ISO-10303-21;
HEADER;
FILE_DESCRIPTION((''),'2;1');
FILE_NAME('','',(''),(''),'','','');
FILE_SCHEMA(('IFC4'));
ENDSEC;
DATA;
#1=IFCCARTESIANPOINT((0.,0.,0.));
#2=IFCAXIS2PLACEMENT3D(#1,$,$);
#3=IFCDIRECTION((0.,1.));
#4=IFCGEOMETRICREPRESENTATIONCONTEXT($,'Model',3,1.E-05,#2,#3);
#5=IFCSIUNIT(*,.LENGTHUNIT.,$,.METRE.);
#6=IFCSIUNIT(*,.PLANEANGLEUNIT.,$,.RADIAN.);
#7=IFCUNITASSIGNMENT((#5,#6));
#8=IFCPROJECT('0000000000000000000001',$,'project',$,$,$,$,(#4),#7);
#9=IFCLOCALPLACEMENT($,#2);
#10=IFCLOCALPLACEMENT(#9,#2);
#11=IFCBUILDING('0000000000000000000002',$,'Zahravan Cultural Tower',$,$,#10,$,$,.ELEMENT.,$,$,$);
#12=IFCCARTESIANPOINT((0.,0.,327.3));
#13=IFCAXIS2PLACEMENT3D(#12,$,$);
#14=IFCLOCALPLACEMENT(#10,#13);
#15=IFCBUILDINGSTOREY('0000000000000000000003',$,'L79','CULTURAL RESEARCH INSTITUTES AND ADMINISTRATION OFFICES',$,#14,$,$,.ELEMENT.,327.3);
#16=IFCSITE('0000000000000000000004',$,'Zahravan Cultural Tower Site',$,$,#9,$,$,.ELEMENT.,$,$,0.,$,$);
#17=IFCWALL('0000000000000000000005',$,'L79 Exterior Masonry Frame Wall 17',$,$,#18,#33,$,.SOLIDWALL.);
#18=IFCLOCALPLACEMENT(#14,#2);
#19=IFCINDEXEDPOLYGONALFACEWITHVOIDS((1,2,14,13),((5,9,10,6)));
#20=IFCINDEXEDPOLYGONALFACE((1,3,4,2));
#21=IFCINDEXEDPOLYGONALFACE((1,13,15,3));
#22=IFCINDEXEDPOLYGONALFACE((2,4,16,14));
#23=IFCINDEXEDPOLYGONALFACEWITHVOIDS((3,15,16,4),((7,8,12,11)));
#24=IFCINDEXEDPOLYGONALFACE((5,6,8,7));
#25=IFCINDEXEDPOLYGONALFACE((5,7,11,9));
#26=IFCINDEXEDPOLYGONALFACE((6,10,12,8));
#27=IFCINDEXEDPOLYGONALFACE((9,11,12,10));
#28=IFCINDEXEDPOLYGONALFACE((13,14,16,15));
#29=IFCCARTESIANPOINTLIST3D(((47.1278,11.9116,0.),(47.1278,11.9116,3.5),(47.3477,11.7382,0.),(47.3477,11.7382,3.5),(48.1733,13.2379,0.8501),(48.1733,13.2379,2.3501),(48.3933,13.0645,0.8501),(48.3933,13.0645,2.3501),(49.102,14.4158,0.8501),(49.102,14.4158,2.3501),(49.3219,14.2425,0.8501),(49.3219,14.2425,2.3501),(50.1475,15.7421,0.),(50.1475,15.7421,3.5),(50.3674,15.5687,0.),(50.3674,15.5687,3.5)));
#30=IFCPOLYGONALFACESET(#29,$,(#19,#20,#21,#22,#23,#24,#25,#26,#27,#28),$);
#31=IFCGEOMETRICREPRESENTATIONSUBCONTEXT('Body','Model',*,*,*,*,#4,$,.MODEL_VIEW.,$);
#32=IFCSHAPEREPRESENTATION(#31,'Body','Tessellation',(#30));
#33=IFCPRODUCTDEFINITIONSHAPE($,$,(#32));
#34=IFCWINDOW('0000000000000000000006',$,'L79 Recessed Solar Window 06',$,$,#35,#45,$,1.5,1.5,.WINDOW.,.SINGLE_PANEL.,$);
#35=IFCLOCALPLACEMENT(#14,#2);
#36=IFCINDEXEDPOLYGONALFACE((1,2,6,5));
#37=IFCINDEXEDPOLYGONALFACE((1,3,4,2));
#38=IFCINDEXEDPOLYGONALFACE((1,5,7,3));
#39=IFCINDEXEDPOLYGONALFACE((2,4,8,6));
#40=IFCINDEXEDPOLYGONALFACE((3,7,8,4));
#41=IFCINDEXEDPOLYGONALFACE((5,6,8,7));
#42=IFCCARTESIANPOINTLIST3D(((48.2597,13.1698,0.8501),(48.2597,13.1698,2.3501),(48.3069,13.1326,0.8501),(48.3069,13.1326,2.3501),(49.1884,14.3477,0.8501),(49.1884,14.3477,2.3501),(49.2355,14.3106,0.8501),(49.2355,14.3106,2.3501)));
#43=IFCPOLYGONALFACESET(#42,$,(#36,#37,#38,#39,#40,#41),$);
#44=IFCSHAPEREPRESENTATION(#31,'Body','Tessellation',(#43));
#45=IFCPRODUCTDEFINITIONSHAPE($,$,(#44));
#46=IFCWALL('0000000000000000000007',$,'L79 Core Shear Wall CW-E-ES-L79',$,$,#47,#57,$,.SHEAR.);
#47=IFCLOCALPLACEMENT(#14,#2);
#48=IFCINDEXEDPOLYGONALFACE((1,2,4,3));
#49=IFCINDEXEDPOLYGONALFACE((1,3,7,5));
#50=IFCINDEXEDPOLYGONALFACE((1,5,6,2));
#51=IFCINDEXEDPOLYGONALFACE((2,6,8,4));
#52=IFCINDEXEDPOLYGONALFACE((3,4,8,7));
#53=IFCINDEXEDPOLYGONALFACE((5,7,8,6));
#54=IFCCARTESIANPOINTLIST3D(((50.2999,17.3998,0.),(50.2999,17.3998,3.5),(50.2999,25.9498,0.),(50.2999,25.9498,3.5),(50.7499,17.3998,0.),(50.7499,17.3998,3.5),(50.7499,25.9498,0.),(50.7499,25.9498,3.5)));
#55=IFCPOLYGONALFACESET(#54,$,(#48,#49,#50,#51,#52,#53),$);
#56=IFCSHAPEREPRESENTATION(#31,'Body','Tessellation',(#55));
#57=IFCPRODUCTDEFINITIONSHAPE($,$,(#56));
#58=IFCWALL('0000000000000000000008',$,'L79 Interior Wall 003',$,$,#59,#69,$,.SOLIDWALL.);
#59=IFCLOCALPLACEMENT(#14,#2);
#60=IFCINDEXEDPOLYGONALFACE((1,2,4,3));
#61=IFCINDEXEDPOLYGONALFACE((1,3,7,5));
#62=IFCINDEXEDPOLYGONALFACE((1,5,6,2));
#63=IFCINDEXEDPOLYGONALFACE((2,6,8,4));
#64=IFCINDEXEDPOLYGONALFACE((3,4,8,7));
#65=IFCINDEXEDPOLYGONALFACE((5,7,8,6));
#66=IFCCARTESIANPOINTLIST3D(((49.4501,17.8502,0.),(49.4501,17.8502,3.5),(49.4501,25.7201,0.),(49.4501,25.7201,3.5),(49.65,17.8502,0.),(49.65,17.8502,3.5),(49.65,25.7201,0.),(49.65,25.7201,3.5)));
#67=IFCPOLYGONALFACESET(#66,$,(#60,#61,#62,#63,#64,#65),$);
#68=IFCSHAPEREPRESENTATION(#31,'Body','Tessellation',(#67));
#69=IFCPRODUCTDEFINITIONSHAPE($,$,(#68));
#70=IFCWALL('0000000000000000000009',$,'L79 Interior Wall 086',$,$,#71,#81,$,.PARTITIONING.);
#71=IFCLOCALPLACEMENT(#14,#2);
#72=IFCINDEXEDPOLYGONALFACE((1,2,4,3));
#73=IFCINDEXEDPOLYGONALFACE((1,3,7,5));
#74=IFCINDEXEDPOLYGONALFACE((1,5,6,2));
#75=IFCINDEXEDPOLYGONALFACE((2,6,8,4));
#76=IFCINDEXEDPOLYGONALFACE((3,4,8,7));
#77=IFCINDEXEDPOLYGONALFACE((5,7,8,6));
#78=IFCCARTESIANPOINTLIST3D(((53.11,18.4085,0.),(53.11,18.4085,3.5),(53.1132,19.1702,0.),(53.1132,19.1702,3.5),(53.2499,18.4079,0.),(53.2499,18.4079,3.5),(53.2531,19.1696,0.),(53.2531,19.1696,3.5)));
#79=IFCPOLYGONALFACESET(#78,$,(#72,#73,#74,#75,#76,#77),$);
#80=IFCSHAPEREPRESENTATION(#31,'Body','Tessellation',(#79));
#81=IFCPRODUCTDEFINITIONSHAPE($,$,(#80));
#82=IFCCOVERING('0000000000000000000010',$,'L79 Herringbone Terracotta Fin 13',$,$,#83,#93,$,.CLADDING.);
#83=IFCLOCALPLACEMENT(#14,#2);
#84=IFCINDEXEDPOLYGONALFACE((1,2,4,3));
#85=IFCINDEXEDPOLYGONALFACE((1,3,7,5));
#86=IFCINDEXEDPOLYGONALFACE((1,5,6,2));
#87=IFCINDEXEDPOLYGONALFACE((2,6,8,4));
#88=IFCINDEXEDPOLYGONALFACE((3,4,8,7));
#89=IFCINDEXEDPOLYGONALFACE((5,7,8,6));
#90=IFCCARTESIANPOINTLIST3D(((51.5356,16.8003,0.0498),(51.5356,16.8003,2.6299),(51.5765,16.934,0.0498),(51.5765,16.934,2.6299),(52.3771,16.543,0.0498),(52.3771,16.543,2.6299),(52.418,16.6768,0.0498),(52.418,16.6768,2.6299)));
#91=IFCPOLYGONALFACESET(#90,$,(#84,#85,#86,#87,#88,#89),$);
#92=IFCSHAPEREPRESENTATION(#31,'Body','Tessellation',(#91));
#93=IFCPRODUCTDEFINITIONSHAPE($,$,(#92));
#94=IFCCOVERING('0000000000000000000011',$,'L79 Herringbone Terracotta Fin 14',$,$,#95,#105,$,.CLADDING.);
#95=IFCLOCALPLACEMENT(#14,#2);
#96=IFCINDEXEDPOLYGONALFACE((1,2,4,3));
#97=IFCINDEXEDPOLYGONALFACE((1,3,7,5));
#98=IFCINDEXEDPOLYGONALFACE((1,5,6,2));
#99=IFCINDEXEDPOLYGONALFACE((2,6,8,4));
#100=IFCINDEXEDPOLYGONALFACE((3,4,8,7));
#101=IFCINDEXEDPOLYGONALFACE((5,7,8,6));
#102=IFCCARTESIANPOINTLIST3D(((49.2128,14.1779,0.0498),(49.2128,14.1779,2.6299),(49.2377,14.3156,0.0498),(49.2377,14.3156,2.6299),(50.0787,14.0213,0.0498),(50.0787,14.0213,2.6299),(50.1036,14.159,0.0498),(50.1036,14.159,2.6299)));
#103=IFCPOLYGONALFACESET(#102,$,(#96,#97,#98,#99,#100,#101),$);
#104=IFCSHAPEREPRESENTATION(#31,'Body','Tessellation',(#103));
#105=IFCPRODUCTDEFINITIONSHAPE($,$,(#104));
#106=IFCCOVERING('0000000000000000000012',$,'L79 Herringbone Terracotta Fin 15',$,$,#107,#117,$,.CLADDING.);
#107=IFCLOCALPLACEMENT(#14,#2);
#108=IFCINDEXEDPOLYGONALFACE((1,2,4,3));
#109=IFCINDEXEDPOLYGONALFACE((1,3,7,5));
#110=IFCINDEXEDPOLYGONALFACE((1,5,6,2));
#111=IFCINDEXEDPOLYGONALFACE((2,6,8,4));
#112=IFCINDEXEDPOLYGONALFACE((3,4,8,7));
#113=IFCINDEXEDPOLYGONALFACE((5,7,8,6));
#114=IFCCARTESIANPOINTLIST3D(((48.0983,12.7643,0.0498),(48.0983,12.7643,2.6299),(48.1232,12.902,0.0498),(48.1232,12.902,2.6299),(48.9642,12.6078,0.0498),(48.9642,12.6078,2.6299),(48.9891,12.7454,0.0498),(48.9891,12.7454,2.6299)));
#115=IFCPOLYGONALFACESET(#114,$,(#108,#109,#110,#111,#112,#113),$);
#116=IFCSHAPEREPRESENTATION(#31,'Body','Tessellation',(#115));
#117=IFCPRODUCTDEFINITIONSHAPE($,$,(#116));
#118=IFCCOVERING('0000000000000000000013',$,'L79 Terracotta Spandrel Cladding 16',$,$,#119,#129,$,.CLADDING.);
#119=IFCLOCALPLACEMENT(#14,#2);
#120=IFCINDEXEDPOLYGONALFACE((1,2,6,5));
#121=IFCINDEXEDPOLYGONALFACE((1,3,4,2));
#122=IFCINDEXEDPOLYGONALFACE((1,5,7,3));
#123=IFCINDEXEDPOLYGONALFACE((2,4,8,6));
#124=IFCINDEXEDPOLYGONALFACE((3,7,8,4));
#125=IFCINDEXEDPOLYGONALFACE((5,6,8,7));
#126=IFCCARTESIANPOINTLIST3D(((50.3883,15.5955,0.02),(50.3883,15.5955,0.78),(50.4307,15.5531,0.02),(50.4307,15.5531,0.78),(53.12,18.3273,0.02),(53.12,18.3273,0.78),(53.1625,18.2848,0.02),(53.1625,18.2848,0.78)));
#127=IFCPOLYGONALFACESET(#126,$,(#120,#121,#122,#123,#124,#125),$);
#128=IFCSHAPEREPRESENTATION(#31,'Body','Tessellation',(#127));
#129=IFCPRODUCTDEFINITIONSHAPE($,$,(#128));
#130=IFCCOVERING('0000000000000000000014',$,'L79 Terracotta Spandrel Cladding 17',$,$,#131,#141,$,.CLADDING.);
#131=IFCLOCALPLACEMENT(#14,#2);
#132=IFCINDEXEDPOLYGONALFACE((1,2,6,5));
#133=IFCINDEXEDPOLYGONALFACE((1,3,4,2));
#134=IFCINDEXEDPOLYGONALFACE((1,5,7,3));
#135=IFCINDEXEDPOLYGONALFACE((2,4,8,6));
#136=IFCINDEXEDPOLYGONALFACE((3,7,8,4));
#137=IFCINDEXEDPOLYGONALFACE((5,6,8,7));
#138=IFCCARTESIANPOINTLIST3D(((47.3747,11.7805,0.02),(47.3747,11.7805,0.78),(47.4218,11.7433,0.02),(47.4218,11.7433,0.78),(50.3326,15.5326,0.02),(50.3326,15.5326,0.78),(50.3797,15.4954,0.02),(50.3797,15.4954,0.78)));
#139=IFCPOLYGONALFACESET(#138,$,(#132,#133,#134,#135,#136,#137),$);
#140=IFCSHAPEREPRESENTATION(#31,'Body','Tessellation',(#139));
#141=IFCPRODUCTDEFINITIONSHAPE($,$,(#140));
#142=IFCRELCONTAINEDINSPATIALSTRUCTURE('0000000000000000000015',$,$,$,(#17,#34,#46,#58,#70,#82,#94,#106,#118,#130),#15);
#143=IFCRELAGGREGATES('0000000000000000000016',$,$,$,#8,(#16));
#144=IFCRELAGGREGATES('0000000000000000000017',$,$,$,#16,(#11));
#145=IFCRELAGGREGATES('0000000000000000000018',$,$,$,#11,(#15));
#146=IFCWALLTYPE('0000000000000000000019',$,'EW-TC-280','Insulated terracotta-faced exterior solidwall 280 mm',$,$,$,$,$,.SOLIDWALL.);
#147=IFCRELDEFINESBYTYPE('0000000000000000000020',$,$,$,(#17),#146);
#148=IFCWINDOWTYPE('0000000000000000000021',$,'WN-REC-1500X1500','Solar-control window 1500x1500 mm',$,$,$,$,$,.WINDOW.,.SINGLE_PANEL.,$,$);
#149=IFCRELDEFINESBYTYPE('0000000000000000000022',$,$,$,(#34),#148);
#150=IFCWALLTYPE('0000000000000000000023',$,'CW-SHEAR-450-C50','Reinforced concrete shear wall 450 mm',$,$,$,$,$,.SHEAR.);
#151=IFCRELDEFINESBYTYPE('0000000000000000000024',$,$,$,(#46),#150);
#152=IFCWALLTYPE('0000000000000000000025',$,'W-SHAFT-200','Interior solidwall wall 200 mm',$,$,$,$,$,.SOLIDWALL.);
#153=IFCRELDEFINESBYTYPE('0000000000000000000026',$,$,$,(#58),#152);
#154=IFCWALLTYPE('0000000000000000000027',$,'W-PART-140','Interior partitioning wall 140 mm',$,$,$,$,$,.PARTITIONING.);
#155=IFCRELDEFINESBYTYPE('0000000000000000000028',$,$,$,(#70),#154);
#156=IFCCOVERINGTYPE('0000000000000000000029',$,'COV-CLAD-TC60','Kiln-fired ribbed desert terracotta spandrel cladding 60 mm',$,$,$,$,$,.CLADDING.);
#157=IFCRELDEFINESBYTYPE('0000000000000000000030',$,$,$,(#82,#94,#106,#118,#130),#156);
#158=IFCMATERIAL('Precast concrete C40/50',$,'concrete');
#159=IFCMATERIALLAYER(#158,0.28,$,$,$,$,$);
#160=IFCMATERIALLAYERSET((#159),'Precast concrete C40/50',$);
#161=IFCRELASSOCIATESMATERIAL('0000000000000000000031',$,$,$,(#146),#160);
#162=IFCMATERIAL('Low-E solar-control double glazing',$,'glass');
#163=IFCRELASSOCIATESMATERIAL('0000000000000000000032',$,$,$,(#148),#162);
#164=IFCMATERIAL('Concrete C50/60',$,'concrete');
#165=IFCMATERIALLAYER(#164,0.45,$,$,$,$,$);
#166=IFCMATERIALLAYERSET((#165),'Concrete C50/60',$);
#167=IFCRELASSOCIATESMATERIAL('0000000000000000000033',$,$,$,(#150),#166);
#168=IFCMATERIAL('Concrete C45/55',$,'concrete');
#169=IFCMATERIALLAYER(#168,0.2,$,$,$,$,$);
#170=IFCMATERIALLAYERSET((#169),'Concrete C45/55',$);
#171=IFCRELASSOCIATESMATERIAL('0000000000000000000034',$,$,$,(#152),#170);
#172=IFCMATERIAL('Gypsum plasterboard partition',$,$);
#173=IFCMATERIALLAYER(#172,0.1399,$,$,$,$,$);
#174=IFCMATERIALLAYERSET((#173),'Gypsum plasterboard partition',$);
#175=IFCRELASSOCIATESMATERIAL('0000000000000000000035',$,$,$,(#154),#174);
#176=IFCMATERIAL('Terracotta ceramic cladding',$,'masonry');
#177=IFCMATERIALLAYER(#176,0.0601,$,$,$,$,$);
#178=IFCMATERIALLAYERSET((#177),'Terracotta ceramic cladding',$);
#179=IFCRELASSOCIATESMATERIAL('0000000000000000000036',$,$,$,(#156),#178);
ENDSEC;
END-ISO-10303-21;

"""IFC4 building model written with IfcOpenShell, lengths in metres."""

from ifc_helpers import new_model, si_unit, direction, frame, frame_2d, origin, origin_2d, place, context, subcontext, project, spatial, rectangle, extrude, source, transform, mapped, material, layer, layer_set, type_object, element, fill, save


model = new_model("IFC4")

# Units and contexts
model_context = context("Model", 3, precision=1e-05, world=origin(), true_north=direction((0.0, 1.0)))
body_context = subcontext(model_context, "Body", "Model", "MODEL_VIEW")
ifc_project = project(units=[si_unit("LENGTHUNIT", "METRE"), si_unit("PLANEANGLEUNIT", "RADIAN")], contexts=[model_context])

# Site, building, storey
site_placement = place(None, origin())
site = spatial("IfcSite", under=ifc_project, at=site_placement, Name="Zahravan Cultural Tower Site", CompositionType="ELEMENT", RefElevation=0.0)
building_placement = place(site_placement, origin())
building = spatial("IfcBuilding", under=site, at=building_placement, Name="Zahravan Cultural Tower", CompositionType="ELEMENT")
storey_placement = place(building_placement, frame((0.0, 0.0, 327.3)))
storey = spatial("IfcBuildingStorey", under=building, at=storey_placement, Name="L79", Description="CULTURAL RESEARCH INSTITUTES AND ADMINISTRATION OFFICES", CompositionType="ELEMENT", Elevation=327.3)

# Shared definitions
ifc_material_1 = material(Name="Concrete C50/60", Category="concrete")

# Shared definitions
ifc_material_2 = material(Name="Low-E solar-control double glazing", Category="glass")

# Wall, opening, window
ifc_material_3 = material(Name="Precast concrete C40/50", Category="concrete")
ifc_layer_1 = layer(ifc_material_3, 0.28)
ifc_layer_set_1 = layer_set([ifc_layer_1], Name="Precast concrete C40/50")
wall_type_1 = type_object("IfcWallType", Name="EW-TC-280", Description="Insulated terracotta-faced exterior solidwall 280 mm", PredefinedType="SOLIDWALL", material=ifc_layer_set_1)
window_type = type_object("IfcWindowType", Name="WN-REC-1500X1500", Description="Solar-control window 1500x1500 mm", PartitioningType="SINGLE_PANEL", PredefinedType="WINDOW", material=ifc_material_2)
shared_shape_1 = source(origin(), body_context, "Body", "SweptSolid", [
    extrude(rectangle(XDim=1.5, YDim=1.5, at=frame_2d((0.75, 0.75))), frame((0.0, 0.03, 0.0), z_axis=(0.0, -1.0, 0.0), x_axis=(1.0, 0.0, 0.0)), (0.0, 0.0, 1.0), 0.0601),
])
wall_1_placement = place(storey_placement, frame((50.2576, 15.6555, 0.0), z_axis=(0.0, 0.0, 1.0), x_axis=(-0.619094, -0.785317, 0.0)))
wall_1 = element("IfcWall", 1, at=wall_1_placement, inside=storey, type_object=wall_type_1, Name="L79 Exterior Masonry Frame Wall 17", PredefinedType="SOLIDWALL", context=body_context, shape_type="SweptSolid", body=[
    extrude(rectangle(XDim=4.8777, YDim=0.28, at=frame_2d((2.439, 0.0))), origin(), (0.0, 0.0, 1.0), 3.5),
])
opening_1_placement = place(wall_1_placement, frame((1.689, 0.0, 0.8501)))
opening_1 = element("IfcOpeningElement", 2, at=opening_1_placement, cuts=wall_1, PredefinedType="OPENING", context=body_context, shape_type="SweptSolid", body=[
    extrude(rectangle(XDim=1.5, YDim=1.5, at=frame_2d((0.75, 0.75))), frame((0.0, 0.1499, 0.0), z_axis=(0.0, -1.0, 0.0), x_axis=(1.0, 0.0, 0.0)), (0.0, 0.0, 1.0), 0.3),
])
window_1_placement = place(opening_1_placement, origin())
window_1 = element("IfcWindow", 3, at=window_1_placement, inside=storey, type_object=window_type, Name="L79 Recessed Solar Window 06", OverallHeight=1.5, OverallWidth=1.5, PartitioningType="SINGLE_PANEL", PredefinedType="WINDOW", context=body_context, shape_type="MappedRepresentation", body=[
    mapped(shared_shape_1, transform((0.0, 0.0, 0.0), x_axis=(1.0, 0.0, 0.0), y_axis=(0.0, 1.0, 0.0), z_axis=(0.0, 0.0, 1.0), scale=1.0)),
])
fill(opening_1, window_1)

# Walls
ifc_layer_2 = layer(ifc_material_1, 0.45)
ifc_layer_set_2 = layer_set([ifc_layer_2], Name="Concrete C50/60")
wall_type_2 = type_object("IfcWallType", Name="CW-SHEAR-450-C50", Description="Reinforced concrete shear wall 450 mm", PredefinedType="SHEAR", material=ifc_layer_set_2)
shared_shape_2 = source(origin(), body_context, "Body", "SweptSolid", [
    extrude(rectangle(XDim=8.55, YDim=0.45, at=frame_2d((4.2749, 0.0))), origin(), (0.0, 0.0, 1.0), 3.5),
])
wall_2_placement = place(storey_placement, frame((50.5249, 17.3999, 0.0), z_axis=(0.0, 0.0, 1.0), x_axis=(0.0, 1.0, 0.0)))
element("IfcWall", 4, at=wall_2_placement, inside=storey, type_object=wall_type_2, Name="L79 Core Shear Wall CW-E-ES-L79", PredefinedType="SHEAR", context=body_context, shape_type="MappedRepresentation", body=[
    mapped(shared_shape_2, transform((0.0, 0.0, 0.0), x_axis=(1.0, 0.0, 0.0), y_axis=(0.0, 1.0, 0.0), z_axis=(0.0, 0.0, 1.0), scale=1.0)),
])
ifc_material_4 = material(Name="Concrete C45/55", Category="concrete")
ifc_layer_3 = layer(ifc_material_4, 0.2)
ifc_layer_set_3 = layer_set([ifc_layer_3], Name="Concrete C45/55")
wall_type_3 = type_object("IfcWallType", Name="W-SHAFT-200", Description="Interior solidwall wall 200 mm", PredefinedType="SOLIDWALL", material=ifc_layer_set_3)
shared_shape_3 = source(origin(), body_context, "Body", "SweptSolid", [
    extrude(rectangle(XDim=7.8699, YDim=0.2, at=frame_2d((3.9351, 0.0))), origin(), (0.0, 0.0, 1.0), 3.5),
])
wall_3_placement = place(storey_placement, frame((49.55, 17.8501, 0.0), z_axis=(0.0, 0.0, 1.0), x_axis=(0.0, 1.0, 0.0)))
element("IfcWall", 5, at=wall_3_placement, inside=storey, type_object=wall_type_3, Name="L79 Interior Wall 003", PredefinedType="SOLIDWALL", context=body_context, shape_type="MappedRepresentation", body=[
    mapped(shared_shape_3, transform((0.0, 0.0, 0.0), x_axis=(1.0, 0.0, 0.0), y_axis=(0.0, 1.0, 0.0), z_axis=(0.0, 0.0, 1.0), scale=1.0)),
])
ifc_material_5 = material(Name="Gypsum plasterboard partition")
ifc_layer_4 = layer(ifc_material_5, 0.1399)
ifc_layer_set_4 = layer_set([ifc_layer_4], Name="Gypsum plasterboard partition")
wall_type_4 = type_object("IfcWallType", Name="W-PART-140", Description="Interior partitioning wall 140 mm", PredefinedType="PARTITIONING", material=ifc_layer_set_4)
shared_shape_4 = source(origin(), body_context, "Body", "SweptSolid", [
    extrude(rectangle(XDim=0.7617, YDim=0.1399, at=frame_2d((0.3809, 0.0))), origin(), (0.0, 0.0, 1.0), 3.5),
])
wall_4_placement = place(storey_placement, frame((53.1831, 19.1699, 0.0), z_axis=(0.0, 0.0, 1.0), x_axis=(-0.004167, -0.999991, 0.0)))
element("IfcWall", 6, at=wall_4_placement, inside=storey, type_object=wall_type_4, Name="L79 Interior Wall 086", PredefinedType="PARTITIONING", context=body_context, shape_type="MappedRepresentation", body=[
    mapped(shared_shape_4, transform((0.0, 0.0, 0.0), x_axis=(1.0, 0.0, 0.0), y_axis=(0.0, 1.0, 0.0), z_axis=(0.0, 0.0, 1.0), scale=1.0)),
])

# Coverings
ifc_material_6 = material(Name="Terracotta ceramic cladding", Category="masonry")
ifc_layer_5 = layer(ifc_material_6, 0.0601)
ifc_layer_set_5 = layer_set([ifc_layer_5], Name="Terracotta ceramic cladding")
covering_type = type_object("IfcCoveringType", Name="COV-CLAD-TC60", Description="Kiln-fired ribbed desert terracotta spandrel cladding 60 mm", PredefinedType="CLADDING", material=ifc_layer_set_5)
shared_shape_5 = source(origin(), body_context, "Body", "SweptSolid", [
    extrude(rectangle(XDim=0.8799, YDim=0.1399, at=origin_2d()), origin(), (0.0, 0.0, 1.0), 2.5801),
])
for number, where, z_axis, x_axis, name in (
    (7, (51.9768, 16.7385, 0.0498), (0.0, 0.0, 1.0), (0.956305, -0.292372, 0.0), "L79 Herringbone Terracotta Fin 13"),
    (8, (49.6582, 14.1685, 0.0498), (0.0, 0.0, 1.0), (0.984041, -0.177944, 0.0), "L79 Herringbone Terracotta Fin 14"),
    (9, (48.5437, 12.7549, 0.0498), (0.0, 0.0, 1.0), (0.984041, -0.177944, 0.0), "L79 Herringbone Terracotta Fin 15"),
):
    element("IfcCovering", number, at=place(storey_placement, frame(where, z_axis=z_axis, x_axis=x_axis)), inside=storey, type_object=covering_type, Name=name, PredefinedType="CLADDING", context=body_context, shape_type="MappedRepresentation", body=[
        mapped(shared_shape_5, transform((0.0, 0.0, 0.0), x_axis=(1.0, 0.0, 0.0), y_axis=(0.0, 1.0, 0.0), z_axis=(0.0, 0.0, 1.0), scale=1.0)),
    ])
shared_shape_6 = source(origin(), body_context, "Body", "SweptSolid", [
    extrude(rectangle(XDim=3.8633, YDim=0.0601, at=origin_2d()), origin(), (0.0, 0.0, 1.0), 0.76),
])
covering_1_placement = place(storey_placement, frame((51.7754, 16.9402, 0.02), z_axis=(0.0, 0.0, 1.0), x_axis=(-0.707107, -0.707107, 0.0)))
element("IfcCovering", 10, at=covering_1_placement, inside=storey, type_object=covering_type, Name="L79 Terracotta Spandrel Cladding 16", PredefinedType="CLADDING", context=body_context, shape_type="MappedRepresentation", body=[
    mapped(shared_shape_6, transform((0.0, 0.0, 0.0), x_axis=(1.0, 0.0, 0.0), y_axis=(0.0, 1.0, 0.0), z_axis=(0.0, 0.0, 1.0), scale=1.0)),
])
shared_shape_7 = source(origin(), body_context, "Body", "SweptSolid", [
    extrude(rectangle(XDim=4.7778, YDim=0.0601, at=origin_2d()), origin(), (0.0, 0.0, 1.0), 0.76),
])
covering_2_placement = place(storey_placement, frame((48.8772, 13.6379, 0.02), z_axis=(0.0, 0.0, 1.0), x_axis=(-0.619094, -0.785317, 0.0)))
element("IfcCovering", 11, at=covering_2_placement, inside=storey, type_object=covering_type, Name="L79 Terracotta Spandrel Cladding 17", PredefinedType="CLADDING", context=body_context, shape_type="MappedRepresentation", body=[
    mapped(shared_shape_7, transform((0.0, 0.0, 0.0), x_axis=(1.0, 0.0, 0.0), y_axis=(0.0, 1.0, 0.0), z_axis=(0.0, 0.0, 1.0), scale=1.0)),
])

save(model, "model.ifc")
